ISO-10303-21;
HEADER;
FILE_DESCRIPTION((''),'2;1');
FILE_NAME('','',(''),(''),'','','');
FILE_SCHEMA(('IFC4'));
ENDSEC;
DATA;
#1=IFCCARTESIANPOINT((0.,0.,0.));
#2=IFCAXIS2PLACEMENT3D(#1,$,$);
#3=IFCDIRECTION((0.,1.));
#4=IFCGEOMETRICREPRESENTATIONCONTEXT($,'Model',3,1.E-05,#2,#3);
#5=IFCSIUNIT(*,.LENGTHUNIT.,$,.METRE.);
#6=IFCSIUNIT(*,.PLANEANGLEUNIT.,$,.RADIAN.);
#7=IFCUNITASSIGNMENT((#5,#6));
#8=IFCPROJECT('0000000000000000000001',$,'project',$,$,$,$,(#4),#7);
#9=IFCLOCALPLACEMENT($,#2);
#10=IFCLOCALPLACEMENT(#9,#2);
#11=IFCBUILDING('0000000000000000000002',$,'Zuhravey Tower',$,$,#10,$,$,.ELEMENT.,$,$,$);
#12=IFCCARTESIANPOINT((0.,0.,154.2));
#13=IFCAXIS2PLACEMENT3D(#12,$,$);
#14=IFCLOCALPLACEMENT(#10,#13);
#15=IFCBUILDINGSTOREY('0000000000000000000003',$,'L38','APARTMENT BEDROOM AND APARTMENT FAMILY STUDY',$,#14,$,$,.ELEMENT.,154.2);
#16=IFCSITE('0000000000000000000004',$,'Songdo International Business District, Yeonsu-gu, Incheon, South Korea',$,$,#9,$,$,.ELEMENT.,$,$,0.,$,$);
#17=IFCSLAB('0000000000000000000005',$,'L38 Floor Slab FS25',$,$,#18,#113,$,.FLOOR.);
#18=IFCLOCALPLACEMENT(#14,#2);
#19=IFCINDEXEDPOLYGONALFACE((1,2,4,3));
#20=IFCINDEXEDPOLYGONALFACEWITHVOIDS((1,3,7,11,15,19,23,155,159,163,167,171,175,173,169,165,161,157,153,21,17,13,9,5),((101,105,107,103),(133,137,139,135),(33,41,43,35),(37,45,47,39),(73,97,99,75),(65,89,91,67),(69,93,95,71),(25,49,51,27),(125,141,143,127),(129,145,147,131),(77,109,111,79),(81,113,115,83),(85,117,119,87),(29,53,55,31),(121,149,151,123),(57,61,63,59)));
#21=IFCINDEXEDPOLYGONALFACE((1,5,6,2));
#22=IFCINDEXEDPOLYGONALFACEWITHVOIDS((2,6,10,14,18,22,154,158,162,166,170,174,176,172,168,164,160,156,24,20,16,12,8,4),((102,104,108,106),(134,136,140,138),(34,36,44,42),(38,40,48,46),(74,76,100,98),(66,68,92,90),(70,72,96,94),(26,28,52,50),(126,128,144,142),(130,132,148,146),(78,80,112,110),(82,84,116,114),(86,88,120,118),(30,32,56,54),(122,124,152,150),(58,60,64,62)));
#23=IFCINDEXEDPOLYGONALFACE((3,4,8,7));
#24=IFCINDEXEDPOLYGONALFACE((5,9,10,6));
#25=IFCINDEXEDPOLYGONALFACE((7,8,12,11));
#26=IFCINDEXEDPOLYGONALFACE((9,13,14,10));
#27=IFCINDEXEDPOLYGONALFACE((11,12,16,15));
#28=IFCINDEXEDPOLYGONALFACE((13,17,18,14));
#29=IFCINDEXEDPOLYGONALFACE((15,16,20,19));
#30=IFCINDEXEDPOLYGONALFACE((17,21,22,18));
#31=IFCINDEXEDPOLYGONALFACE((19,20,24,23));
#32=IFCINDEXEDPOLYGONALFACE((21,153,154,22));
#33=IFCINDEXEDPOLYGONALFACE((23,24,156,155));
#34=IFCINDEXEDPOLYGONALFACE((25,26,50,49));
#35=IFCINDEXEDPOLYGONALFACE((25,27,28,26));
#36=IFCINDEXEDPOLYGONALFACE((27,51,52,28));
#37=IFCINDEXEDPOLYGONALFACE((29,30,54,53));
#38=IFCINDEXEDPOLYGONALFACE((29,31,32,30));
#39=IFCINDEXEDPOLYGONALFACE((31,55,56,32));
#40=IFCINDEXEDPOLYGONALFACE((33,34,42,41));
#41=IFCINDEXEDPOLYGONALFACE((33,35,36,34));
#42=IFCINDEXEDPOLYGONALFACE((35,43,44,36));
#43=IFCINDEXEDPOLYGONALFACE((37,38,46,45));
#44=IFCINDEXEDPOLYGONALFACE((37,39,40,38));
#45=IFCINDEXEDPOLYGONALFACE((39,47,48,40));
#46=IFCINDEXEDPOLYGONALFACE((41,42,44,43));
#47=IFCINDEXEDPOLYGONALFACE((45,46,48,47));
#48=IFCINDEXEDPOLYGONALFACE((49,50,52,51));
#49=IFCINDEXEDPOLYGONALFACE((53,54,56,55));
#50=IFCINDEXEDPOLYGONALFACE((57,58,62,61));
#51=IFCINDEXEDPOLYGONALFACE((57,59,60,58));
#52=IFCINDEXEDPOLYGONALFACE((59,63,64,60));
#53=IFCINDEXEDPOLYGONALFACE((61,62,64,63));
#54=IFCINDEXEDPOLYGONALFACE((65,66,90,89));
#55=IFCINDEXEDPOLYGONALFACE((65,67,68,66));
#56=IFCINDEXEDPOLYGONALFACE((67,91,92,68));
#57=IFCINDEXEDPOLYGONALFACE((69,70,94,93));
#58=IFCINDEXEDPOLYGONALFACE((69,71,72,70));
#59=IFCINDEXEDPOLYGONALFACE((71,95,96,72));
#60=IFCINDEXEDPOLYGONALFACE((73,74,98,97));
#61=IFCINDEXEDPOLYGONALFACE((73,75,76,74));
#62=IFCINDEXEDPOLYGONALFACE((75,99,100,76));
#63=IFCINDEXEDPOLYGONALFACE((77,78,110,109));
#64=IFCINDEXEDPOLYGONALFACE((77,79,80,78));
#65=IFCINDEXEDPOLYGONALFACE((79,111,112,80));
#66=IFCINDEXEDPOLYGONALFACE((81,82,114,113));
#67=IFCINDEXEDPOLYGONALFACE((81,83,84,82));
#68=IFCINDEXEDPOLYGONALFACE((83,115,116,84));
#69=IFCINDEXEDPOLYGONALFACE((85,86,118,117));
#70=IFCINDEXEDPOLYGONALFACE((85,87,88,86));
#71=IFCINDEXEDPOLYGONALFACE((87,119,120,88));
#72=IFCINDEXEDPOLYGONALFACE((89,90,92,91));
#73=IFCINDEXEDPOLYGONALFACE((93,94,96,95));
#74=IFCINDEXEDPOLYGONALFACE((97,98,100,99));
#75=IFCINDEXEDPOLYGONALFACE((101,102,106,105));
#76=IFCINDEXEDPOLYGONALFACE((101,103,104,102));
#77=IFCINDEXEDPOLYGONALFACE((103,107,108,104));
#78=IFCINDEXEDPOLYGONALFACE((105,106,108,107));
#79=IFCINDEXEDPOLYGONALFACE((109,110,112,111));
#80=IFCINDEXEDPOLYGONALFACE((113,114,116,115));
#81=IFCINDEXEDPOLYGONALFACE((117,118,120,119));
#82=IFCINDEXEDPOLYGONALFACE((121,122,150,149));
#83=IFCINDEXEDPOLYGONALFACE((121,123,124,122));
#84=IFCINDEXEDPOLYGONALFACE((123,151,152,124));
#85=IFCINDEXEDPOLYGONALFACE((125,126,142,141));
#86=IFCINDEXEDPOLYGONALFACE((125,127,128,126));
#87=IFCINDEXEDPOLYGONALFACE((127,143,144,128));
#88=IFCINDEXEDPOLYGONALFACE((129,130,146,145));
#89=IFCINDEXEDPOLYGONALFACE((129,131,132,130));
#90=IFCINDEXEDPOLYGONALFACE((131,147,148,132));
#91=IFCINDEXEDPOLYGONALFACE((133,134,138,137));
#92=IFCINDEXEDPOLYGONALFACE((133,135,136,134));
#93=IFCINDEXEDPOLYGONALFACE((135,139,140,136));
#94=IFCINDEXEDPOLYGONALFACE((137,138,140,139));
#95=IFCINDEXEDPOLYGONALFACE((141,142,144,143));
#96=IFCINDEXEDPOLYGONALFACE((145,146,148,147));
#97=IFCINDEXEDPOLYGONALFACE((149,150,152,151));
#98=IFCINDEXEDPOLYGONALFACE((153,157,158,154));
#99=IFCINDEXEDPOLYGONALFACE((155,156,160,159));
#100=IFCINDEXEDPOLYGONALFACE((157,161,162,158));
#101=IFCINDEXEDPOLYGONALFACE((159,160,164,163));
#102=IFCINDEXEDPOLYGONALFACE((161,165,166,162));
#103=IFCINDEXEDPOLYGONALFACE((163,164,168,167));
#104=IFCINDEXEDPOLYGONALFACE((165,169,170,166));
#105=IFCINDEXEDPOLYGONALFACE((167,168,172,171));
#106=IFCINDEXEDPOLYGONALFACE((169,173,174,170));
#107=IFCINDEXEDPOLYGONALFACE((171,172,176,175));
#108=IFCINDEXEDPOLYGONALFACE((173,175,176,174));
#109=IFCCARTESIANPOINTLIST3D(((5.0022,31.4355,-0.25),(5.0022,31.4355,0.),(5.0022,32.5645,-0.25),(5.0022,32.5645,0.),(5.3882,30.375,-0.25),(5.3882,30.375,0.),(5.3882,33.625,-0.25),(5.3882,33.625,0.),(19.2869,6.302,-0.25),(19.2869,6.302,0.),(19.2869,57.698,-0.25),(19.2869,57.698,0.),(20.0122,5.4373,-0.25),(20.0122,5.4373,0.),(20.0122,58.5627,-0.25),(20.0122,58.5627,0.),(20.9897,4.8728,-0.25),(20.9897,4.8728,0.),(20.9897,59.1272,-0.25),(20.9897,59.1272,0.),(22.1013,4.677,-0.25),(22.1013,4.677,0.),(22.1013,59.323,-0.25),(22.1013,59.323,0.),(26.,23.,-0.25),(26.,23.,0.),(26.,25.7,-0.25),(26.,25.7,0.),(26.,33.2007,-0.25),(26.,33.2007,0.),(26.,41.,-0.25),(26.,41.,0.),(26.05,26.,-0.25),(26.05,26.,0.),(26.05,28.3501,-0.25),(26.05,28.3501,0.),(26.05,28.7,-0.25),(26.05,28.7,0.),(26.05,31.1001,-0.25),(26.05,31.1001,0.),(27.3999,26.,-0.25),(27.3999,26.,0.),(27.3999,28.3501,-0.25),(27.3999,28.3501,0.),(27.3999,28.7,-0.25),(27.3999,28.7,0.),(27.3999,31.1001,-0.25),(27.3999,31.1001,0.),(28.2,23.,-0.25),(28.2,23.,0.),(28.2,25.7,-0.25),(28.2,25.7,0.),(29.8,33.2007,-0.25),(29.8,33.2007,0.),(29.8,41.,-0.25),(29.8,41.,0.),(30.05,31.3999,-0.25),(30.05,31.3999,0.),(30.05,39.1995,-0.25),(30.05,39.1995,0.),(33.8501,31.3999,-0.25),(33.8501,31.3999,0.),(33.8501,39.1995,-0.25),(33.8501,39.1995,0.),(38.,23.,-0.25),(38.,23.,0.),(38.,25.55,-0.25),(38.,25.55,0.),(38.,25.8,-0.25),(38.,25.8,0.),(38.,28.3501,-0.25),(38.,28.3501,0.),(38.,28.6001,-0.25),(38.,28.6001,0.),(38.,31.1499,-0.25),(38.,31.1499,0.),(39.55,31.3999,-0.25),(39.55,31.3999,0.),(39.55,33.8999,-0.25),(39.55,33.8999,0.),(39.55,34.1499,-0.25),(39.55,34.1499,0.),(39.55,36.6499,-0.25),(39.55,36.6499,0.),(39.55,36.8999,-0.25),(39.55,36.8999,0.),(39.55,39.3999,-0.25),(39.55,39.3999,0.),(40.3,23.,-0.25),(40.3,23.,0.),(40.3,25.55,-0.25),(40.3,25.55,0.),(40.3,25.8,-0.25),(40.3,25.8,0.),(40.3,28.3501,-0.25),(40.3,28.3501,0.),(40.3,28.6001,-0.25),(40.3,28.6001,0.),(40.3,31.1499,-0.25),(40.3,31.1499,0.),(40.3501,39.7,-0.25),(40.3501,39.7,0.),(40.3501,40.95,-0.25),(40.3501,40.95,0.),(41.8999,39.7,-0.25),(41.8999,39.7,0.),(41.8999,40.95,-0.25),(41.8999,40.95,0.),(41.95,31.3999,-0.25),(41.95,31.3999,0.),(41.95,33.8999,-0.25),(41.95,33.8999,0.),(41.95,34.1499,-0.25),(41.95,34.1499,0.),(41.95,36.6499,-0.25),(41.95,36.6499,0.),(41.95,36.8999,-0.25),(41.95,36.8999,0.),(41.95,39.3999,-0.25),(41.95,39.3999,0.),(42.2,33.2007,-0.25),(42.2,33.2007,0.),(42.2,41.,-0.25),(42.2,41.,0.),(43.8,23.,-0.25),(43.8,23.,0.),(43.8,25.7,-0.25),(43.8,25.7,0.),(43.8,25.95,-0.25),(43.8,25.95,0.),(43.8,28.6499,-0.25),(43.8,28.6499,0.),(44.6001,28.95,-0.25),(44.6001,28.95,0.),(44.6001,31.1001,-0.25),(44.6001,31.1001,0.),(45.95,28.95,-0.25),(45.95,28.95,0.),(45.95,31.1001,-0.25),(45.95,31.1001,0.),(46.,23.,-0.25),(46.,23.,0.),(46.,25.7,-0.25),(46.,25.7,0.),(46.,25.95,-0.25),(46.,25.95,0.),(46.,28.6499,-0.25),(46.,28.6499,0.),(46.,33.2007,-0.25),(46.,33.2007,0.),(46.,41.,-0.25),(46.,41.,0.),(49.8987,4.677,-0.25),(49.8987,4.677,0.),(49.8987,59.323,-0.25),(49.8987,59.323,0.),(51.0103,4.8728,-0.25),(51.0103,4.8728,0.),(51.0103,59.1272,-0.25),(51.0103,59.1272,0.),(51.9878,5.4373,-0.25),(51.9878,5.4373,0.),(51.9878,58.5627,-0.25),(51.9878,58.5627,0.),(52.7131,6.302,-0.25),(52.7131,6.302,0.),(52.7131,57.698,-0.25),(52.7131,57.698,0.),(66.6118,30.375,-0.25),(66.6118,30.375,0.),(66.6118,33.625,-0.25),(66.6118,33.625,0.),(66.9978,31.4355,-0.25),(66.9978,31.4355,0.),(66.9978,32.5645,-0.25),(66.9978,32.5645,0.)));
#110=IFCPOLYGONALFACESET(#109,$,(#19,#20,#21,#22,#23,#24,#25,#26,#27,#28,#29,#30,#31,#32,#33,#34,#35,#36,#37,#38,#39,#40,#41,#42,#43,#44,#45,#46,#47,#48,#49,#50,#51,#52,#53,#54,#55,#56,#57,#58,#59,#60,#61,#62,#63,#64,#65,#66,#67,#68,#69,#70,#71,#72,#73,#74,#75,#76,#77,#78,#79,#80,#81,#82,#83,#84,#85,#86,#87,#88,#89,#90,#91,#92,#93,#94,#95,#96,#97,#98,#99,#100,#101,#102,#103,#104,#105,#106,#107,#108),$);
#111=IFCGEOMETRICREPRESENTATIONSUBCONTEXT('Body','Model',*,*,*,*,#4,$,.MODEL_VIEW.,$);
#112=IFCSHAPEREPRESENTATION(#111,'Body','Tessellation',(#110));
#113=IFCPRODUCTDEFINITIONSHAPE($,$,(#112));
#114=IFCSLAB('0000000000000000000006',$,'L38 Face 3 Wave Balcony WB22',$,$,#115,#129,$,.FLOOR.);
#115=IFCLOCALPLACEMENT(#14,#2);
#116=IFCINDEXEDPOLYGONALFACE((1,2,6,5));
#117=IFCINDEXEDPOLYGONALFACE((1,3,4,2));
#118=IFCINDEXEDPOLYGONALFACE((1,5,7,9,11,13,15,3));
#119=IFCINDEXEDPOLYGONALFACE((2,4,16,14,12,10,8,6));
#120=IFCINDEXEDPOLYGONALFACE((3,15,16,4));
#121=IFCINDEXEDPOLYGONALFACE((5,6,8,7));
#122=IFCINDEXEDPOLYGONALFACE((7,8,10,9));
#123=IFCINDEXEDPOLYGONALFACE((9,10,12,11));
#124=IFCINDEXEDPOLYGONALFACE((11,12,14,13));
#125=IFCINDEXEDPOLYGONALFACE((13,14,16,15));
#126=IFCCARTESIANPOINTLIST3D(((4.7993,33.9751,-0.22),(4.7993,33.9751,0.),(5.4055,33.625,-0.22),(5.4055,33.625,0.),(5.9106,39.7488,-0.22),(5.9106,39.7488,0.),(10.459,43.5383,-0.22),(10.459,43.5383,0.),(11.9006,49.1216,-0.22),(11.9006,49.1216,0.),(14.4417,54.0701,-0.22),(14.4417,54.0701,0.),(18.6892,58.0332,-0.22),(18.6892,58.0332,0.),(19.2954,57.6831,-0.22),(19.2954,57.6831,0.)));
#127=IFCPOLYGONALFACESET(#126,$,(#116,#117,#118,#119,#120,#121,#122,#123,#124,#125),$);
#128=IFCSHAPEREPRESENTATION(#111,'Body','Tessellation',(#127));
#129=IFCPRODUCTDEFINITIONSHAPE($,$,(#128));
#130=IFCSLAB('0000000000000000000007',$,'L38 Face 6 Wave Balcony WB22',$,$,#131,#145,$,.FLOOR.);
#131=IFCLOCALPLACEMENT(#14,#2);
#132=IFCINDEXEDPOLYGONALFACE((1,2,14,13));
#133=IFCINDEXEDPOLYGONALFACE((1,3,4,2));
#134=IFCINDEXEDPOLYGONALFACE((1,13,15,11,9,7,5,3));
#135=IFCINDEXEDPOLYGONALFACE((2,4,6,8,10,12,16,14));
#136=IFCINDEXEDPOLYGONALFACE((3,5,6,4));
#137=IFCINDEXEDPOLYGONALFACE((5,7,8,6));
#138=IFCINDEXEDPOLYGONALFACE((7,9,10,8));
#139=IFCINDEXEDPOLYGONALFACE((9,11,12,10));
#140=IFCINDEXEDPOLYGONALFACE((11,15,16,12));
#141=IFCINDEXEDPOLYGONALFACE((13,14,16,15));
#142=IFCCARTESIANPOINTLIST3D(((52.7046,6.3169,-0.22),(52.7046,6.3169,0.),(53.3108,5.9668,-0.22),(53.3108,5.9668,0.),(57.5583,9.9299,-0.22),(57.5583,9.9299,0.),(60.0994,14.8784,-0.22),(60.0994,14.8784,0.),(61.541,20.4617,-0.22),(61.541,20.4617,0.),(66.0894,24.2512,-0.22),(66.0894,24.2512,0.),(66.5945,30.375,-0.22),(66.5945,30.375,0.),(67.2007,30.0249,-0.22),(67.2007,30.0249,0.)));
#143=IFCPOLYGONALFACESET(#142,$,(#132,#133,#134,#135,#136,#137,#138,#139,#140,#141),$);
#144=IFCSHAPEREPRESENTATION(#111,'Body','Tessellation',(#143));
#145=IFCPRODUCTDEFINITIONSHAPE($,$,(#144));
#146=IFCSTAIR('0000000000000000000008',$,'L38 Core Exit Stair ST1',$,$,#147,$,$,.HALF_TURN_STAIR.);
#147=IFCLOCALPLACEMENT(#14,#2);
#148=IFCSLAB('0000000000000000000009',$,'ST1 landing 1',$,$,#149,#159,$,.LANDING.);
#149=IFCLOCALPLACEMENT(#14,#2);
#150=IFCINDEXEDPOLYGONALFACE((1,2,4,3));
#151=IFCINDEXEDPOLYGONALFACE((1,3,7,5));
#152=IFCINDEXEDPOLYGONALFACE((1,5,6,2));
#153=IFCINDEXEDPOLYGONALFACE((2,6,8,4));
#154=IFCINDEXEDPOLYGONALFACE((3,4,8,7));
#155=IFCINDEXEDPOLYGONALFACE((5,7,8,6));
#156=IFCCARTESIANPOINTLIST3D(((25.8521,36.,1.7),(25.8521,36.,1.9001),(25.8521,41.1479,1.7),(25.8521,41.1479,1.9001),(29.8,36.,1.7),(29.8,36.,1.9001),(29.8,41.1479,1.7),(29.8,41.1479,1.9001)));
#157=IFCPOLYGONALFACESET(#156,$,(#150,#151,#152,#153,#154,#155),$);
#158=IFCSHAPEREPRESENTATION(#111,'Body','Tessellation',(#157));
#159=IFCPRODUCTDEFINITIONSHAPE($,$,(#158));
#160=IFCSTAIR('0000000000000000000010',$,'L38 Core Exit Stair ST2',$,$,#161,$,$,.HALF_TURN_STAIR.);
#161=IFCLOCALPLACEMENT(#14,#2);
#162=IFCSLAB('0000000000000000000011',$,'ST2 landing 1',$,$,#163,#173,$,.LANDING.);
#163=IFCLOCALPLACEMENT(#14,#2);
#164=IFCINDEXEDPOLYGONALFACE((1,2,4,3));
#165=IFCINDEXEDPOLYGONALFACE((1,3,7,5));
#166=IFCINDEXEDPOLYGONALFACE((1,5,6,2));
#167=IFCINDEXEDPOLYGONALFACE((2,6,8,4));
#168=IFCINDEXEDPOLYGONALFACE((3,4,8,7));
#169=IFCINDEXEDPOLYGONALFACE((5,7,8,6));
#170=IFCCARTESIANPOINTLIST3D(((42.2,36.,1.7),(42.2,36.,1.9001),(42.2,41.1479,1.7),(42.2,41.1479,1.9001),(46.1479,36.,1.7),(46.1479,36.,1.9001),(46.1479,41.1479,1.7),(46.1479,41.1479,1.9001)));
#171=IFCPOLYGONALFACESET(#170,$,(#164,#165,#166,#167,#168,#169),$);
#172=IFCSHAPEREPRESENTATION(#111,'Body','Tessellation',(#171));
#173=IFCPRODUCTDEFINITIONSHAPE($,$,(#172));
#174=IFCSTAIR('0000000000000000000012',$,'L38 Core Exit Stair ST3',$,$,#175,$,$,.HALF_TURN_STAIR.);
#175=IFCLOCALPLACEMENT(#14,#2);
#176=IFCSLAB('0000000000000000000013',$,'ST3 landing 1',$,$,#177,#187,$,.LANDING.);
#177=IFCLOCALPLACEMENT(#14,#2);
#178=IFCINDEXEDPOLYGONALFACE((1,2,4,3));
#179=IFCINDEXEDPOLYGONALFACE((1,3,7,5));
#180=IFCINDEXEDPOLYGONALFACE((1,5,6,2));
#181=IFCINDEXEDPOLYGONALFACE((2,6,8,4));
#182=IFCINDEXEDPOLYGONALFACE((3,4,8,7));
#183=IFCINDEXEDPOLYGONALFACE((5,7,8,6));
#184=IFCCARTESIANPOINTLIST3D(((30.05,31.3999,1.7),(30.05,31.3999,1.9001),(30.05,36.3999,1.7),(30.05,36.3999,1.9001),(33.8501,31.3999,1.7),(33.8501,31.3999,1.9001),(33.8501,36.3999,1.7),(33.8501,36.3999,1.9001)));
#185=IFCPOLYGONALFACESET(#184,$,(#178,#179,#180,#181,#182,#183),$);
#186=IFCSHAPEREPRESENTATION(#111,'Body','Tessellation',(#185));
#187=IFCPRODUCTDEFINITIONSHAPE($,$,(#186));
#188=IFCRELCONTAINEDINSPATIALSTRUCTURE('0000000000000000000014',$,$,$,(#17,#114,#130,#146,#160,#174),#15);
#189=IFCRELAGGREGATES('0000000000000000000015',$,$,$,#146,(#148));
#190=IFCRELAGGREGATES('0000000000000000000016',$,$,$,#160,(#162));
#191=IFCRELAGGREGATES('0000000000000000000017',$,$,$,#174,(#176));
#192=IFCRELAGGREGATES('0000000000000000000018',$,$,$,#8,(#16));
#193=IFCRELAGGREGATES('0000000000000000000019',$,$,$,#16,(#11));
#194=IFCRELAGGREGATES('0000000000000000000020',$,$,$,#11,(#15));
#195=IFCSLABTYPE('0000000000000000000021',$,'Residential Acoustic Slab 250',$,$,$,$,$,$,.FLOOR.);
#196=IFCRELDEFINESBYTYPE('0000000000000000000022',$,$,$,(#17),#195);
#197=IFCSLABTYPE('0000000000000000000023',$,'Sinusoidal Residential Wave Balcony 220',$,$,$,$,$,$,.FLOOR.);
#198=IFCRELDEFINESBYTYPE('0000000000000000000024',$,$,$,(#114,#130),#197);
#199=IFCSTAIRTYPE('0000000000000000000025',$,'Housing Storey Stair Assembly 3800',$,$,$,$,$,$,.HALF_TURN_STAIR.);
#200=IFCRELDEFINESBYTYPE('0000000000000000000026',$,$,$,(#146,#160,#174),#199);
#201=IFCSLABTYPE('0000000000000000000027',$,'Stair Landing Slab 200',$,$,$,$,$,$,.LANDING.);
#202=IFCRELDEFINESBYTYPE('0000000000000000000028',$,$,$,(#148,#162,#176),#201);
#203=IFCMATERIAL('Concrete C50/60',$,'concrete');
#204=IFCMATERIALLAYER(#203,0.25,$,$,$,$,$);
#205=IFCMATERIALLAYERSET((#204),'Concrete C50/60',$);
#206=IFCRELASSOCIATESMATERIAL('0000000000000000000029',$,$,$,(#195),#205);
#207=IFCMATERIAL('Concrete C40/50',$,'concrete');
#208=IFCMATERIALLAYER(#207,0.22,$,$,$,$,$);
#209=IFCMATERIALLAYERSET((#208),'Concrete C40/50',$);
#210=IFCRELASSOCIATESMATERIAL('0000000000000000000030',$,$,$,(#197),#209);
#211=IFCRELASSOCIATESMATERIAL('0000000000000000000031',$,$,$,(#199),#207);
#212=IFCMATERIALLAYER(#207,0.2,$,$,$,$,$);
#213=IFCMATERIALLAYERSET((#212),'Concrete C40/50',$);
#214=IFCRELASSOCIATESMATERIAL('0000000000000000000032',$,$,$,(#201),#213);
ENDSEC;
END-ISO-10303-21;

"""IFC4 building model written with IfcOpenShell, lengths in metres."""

from ifc_helpers import new_model, si_unit, direction, frame, origin, place, context, subcontext, project, spatial, polyline, outline, extrude, material, layer, layer_set, type_object, element, aggregate, save


model = new_model("IFC4")

# Units and contexts
model_context = context("Model", 3, precision=1e-05, world=origin(), true_north=direction((0.0, 1.0)))
body_context = subcontext(model_context, "Body", "Model", "MODEL_VIEW")
ifc_project = project(units=[si_unit("LENGTHUNIT", "METRE"), si_unit("PLANEANGLEUNIT", "RADIAN")], contexts=[model_context])

# Site, building, storey
site_placement = place(None, origin())
site = spatial("IfcSite", under=ifc_project, at=site_placement, Name="Songdo International Business District, Yeonsu-gu, Incheon, South Korea", CompositionType="ELEMENT", RefElevation=0.0)
building_placement = place(site_placement, origin())
building = spatial("IfcBuilding", under=site, at=building_placement, Name="Zuhravey Tower", CompositionType="ELEMENT")
storey_placement = place(building_placement, frame((0.0, 0.0, 154.2)))
storey = spatial("IfcBuildingStorey", under=building, at=storey_placement, Name="L38", Description="APARTMENT BEDROOM AND APARTMENT FAMILY STUDY", CompositionType="ELEMENT", Elevation=154.2)

# Slabs
ifc_material_1 = material(Name="Concrete C50/60", Category="concrete")
ifc_layer_1 = layer(ifc_material_1, 0.25)
ifc_layer_set_1 = layer_set([ifc_layer_1], Name="Concrete C50/60")
slab_type_1 = type_object("IfcSlabType", Name="Residential Acoustic Slab 250", PredefinedType="FLOOR", material=ifc_layer_set_1)
slab_1_placement = place(storey_placement, frame((0.0, 0.0, -0.25)))
element("IfcSlab", 1, at=slab_1_placement, inside=storey, type_object=slab_type_1, Name="L38 Floor Slab FS25", PredefinedType="FLOOR", context=body_context, shape_type="SweptSolid", body=[
    extrude(outline(polyline([(66.6118, 30.375), (66.9978, 31.4355), (66.9978, 32.5645), (66.6118, 33.625), (52.7131, 57.698), (51.9878, 58.5627), (51.0103, 59.1272), (49.8987, 59.323), (22.1013, 59.323), (20.9897, 59.1272), (20.0122, 58.5627), (19.2869, 57.698), (5.3882, 33.625), (5.0022, 32.5645), (5.0022, 31.4355), (5.3882, 30.375), (19.2869, 6.302), (20.0122, 5.4373), (20.9897, 4.8728), (22.1013, 4.677), (49.8987, 4.677), (51.0103, 4.8728), (51.9878, 5.4373), (52.7131, 6.302), (66.6118, 30.375)]), holes=[polyline([(29.8, 33.2007), (29.8, 41.0), (26.0, 41.0), (26.0, 33.2007), (29.8, 33.2007)]), polyline([(46.0, 33.2007), (46.0, 41.0), (42.2, 41.0), (42.2, 33.2007), (46.0, 33.2007)]), polyline([(30.05, 39.1995), (30.05, 31.3999), (33.8501, 31.3999), (33.8501, 39.1995), (30.05, 39.1995)]), polyline([(38.0, 23.0), (40.3, 23.0), (40.3, 25.55), (38.0, 25.55), (38.0, 23.0)]), polyline([(38.0, 25.8), (40.3, 25.8), (40.3, 28.3501), (38.0, 28.3501), (38.0, 25.8)]), polyline([(38.0, 28.6001), (40.3, 28.6001), (40.3, 31.1499), (38.0, 31.1499), (38.0, 28.6001)]), polyline([(39.55, 31.3999), (41.95, 31.3999), (41.95, 33.8999), (39.55, 33.8999), (39.55, 31.3999)]), polyline([(39.55, 34.1499), (41.95, 34.1499), (41.95, 36.6499), (39.55, 36.6499), (39.55, 34.1499)]), polyline([(39.55, 36.8999), (41.95, 36.8999), (41.95, 39.3999), (39.55, 39.3999), (39.55, 36.8999)]), polyline([(26.0, 23.0), (28.2, 23.0), (28.2, 25.7), (26.0, 25.7), (26.0, 23.0)]), polyline([(43.8, 23.0), (46.0, 23.0), (46.0, 25.7), (43.8, 25.7), (43.8, 23.0)]), polyline([(43.8, 25.95), (46.0, 25.95), (46.0, 28.6499), (43.8, 28.6499), (43.8, 25.95)]), polyline([(26.05, 26.0), (27.3999, 26.0), (27.3999, 28.3501), (26.05, 28.3501), (26.05, 26.0)]), polyline([(26.05, 28.7), (27.3999, 28.7), (27.3999, 31.1001), (26.05, 31.1001), (26.05, 28.7)]), polyline([(44.6001, 28.95), (45.95, 28.95), (45.95, 31.1001), (44.6001, 31.1001), (44.6001, 28.95)]), polyline([(40.3501, 39.7), (41.8999, 39.7), (41.8999, 40.95), (40.3501, 40.95), (40.3501, 39.7)])]), origin(), (0.0, 0.0, 1.0), 0.25),
])
ifc_material_2 = material(Name="Concrete C40/50", Category="concrete")
ifc_layer_2 = layer(ifc_material_2, 0.22)
ifc_layer_set_2 = layer_set([ifc_layer_2], Name="Concrete C40/50")
slab_type_2 = type_object("IfcSlabType", Name="Sinusoidal Residential Wave Balcony 220", PredefinedType="FLOOR", material=ifc_layer_set_2)
slab_2_placement = place(storey_placement, frame((0.0, 0.0, -0.22)))
element("IfcSlab", 2, at=slab_2_placement, inside=storey, type_object=slab_type_2, Name="L38 Face 3 Wave Balcony WB22", PredefinedType="FLOOR", context=body_context, shape_type="SweptSolid", body=[
    extrude(outline(polyline([(19.2954, 57.6831), (5.4055, 33.625), (4.7993, 33.9751), (5.9106, 39.7488), (10.459, 43.5383), (11.9006, 49.1216), (14.4417, 54.0701), (18.6892, 58.0332), (19.2954, 57.6831)])), origin(), (0.0, 0.0, 1.0), 0.22),
])
slab_3_placement = place(storey_placement, frame((0.0, 0.0, -0.22)))
element("IfcSlab", 3, at=slab_3_placement, inside=storey, type_object=slab_type_2, Name="L38 Face 6 Wave Balcony WB22", PredefinedType="FLOOR", context=body_context, shape_type="SweptSolid", body=[
    extrude(outline(polyline([(52.7046, 6.3169), (66.5945, 30.375), (67.2007, 30.0249), (66.0894, 24.2512), (61.541, 20.4617), (60.0994, 14.8784), (57.5583, 9.9299), (53.3108, 5.9668), (52.7046, 6.3169)])), origin(), (0.0, 0.0, 1.0), 0.22),
])

# Stairs, slabs
stair_type = type_object("IfcStairType", Name="Housing Storey Stair Assembly 3800", PredefinedType="HALF_TURN_STAIR", material=ifc_material_2)
stair_1_placement = place(storey_placement, origin())
stair_1 = element("IfcStair", 4, at=stair_1_placement, inside=storey, type_object=stair_type, Name="L38 Core Exit Stair ST1", PredefinedType="HALF_TURN_STAIR")
ifc_layer_3 = layer(ifc_material_2, 0.2)
ifc_layer_set_3 = layer_set([ifc_layer_3], Name="Concrete C40/50")
slab_type_3 = type_object("IfcSlabType", Name="Stair Landing Slab 200", PredefinedType="LANDING", material=ifc_layer_set_3)
slab_4_placement = place(storey_placement, frame((0.0, 0.0, 1.7)))
slab_4 = element("IfcSlab", 5, at=slab_4_placement, type_object=slab_type_3, Name="ST1 landing 1", PredefinedType="LANDING", context=body_context, shape_type="SweptSolid", body=[
    extrude(outline(polyline([(29.8, 36.0), (29.8, 41.1479), (25.8521, 41.1479), (25.8521, 36.0), (29.8, 36.0)])), origin(), (0.0, 0.0, 1.0), 0.2002),
])
aggregate(stair_1, [slab_4])
stair_2_placement = place(storey_placement, origin())
stair_2 = element("IfcStair", 6, at=stair_2_placement, inside=storey, type_object=stair_type, Name="L38 Core Exit Stair ST2", PredefinedType="HALF_TURN_STAIR")
slab_5_placement = place(storey_placement, frame((0.0, 0.0, 1.7)))
slab_5 = element("IfcSlab", 7, at=slab_5_placement, type_object=slab_type_3, Name="ST2 landing 1", PredefinedType="LANDING", context=body_context, shape_type="SweptSolid", body=[
    extrude(outline(polyline([(46.1479, 36.0), (46.1479, 41.1479), (42.2, 41.1479), (42.2, 36.0), (46.1479, 36.0)])), origin(), (0.0, 0.0, 1.0), 0.2002),
])
aggregate(stair_2, [slab_5])
stair_3_placement = place(storey_placement, origin())
stair_3 = element("IfcStair", 8, at=stair_3_placement, inside=storey, type_object=stair_type, Name="L38 Core Exit Stair ST3", PredefinedType="HALF_TURN_STAIR")
slab_6_placement = place(storey_placement, frame((0.0, 0.0, 1.7)))
slab_6 = element("IfcSlab", 9, at=slab_6_placement, type_object=slab_type_3, Name="ST3 landing 1", PredefinedType="LANDING", context=body_context, shape_type="SweptSolid", body=[
    extrude(outline(polyline([(30.05, 36.3999), (30.05, 31.3999), (33.8501, 31.3999), (33.8501, 36.3999), (30.05, 36.3999)])), origin(), (0.0, 0.0, 1.0), 0.2002),
])
aggregate(stair_3, [slab_6])

save(model, "model.ifc")
